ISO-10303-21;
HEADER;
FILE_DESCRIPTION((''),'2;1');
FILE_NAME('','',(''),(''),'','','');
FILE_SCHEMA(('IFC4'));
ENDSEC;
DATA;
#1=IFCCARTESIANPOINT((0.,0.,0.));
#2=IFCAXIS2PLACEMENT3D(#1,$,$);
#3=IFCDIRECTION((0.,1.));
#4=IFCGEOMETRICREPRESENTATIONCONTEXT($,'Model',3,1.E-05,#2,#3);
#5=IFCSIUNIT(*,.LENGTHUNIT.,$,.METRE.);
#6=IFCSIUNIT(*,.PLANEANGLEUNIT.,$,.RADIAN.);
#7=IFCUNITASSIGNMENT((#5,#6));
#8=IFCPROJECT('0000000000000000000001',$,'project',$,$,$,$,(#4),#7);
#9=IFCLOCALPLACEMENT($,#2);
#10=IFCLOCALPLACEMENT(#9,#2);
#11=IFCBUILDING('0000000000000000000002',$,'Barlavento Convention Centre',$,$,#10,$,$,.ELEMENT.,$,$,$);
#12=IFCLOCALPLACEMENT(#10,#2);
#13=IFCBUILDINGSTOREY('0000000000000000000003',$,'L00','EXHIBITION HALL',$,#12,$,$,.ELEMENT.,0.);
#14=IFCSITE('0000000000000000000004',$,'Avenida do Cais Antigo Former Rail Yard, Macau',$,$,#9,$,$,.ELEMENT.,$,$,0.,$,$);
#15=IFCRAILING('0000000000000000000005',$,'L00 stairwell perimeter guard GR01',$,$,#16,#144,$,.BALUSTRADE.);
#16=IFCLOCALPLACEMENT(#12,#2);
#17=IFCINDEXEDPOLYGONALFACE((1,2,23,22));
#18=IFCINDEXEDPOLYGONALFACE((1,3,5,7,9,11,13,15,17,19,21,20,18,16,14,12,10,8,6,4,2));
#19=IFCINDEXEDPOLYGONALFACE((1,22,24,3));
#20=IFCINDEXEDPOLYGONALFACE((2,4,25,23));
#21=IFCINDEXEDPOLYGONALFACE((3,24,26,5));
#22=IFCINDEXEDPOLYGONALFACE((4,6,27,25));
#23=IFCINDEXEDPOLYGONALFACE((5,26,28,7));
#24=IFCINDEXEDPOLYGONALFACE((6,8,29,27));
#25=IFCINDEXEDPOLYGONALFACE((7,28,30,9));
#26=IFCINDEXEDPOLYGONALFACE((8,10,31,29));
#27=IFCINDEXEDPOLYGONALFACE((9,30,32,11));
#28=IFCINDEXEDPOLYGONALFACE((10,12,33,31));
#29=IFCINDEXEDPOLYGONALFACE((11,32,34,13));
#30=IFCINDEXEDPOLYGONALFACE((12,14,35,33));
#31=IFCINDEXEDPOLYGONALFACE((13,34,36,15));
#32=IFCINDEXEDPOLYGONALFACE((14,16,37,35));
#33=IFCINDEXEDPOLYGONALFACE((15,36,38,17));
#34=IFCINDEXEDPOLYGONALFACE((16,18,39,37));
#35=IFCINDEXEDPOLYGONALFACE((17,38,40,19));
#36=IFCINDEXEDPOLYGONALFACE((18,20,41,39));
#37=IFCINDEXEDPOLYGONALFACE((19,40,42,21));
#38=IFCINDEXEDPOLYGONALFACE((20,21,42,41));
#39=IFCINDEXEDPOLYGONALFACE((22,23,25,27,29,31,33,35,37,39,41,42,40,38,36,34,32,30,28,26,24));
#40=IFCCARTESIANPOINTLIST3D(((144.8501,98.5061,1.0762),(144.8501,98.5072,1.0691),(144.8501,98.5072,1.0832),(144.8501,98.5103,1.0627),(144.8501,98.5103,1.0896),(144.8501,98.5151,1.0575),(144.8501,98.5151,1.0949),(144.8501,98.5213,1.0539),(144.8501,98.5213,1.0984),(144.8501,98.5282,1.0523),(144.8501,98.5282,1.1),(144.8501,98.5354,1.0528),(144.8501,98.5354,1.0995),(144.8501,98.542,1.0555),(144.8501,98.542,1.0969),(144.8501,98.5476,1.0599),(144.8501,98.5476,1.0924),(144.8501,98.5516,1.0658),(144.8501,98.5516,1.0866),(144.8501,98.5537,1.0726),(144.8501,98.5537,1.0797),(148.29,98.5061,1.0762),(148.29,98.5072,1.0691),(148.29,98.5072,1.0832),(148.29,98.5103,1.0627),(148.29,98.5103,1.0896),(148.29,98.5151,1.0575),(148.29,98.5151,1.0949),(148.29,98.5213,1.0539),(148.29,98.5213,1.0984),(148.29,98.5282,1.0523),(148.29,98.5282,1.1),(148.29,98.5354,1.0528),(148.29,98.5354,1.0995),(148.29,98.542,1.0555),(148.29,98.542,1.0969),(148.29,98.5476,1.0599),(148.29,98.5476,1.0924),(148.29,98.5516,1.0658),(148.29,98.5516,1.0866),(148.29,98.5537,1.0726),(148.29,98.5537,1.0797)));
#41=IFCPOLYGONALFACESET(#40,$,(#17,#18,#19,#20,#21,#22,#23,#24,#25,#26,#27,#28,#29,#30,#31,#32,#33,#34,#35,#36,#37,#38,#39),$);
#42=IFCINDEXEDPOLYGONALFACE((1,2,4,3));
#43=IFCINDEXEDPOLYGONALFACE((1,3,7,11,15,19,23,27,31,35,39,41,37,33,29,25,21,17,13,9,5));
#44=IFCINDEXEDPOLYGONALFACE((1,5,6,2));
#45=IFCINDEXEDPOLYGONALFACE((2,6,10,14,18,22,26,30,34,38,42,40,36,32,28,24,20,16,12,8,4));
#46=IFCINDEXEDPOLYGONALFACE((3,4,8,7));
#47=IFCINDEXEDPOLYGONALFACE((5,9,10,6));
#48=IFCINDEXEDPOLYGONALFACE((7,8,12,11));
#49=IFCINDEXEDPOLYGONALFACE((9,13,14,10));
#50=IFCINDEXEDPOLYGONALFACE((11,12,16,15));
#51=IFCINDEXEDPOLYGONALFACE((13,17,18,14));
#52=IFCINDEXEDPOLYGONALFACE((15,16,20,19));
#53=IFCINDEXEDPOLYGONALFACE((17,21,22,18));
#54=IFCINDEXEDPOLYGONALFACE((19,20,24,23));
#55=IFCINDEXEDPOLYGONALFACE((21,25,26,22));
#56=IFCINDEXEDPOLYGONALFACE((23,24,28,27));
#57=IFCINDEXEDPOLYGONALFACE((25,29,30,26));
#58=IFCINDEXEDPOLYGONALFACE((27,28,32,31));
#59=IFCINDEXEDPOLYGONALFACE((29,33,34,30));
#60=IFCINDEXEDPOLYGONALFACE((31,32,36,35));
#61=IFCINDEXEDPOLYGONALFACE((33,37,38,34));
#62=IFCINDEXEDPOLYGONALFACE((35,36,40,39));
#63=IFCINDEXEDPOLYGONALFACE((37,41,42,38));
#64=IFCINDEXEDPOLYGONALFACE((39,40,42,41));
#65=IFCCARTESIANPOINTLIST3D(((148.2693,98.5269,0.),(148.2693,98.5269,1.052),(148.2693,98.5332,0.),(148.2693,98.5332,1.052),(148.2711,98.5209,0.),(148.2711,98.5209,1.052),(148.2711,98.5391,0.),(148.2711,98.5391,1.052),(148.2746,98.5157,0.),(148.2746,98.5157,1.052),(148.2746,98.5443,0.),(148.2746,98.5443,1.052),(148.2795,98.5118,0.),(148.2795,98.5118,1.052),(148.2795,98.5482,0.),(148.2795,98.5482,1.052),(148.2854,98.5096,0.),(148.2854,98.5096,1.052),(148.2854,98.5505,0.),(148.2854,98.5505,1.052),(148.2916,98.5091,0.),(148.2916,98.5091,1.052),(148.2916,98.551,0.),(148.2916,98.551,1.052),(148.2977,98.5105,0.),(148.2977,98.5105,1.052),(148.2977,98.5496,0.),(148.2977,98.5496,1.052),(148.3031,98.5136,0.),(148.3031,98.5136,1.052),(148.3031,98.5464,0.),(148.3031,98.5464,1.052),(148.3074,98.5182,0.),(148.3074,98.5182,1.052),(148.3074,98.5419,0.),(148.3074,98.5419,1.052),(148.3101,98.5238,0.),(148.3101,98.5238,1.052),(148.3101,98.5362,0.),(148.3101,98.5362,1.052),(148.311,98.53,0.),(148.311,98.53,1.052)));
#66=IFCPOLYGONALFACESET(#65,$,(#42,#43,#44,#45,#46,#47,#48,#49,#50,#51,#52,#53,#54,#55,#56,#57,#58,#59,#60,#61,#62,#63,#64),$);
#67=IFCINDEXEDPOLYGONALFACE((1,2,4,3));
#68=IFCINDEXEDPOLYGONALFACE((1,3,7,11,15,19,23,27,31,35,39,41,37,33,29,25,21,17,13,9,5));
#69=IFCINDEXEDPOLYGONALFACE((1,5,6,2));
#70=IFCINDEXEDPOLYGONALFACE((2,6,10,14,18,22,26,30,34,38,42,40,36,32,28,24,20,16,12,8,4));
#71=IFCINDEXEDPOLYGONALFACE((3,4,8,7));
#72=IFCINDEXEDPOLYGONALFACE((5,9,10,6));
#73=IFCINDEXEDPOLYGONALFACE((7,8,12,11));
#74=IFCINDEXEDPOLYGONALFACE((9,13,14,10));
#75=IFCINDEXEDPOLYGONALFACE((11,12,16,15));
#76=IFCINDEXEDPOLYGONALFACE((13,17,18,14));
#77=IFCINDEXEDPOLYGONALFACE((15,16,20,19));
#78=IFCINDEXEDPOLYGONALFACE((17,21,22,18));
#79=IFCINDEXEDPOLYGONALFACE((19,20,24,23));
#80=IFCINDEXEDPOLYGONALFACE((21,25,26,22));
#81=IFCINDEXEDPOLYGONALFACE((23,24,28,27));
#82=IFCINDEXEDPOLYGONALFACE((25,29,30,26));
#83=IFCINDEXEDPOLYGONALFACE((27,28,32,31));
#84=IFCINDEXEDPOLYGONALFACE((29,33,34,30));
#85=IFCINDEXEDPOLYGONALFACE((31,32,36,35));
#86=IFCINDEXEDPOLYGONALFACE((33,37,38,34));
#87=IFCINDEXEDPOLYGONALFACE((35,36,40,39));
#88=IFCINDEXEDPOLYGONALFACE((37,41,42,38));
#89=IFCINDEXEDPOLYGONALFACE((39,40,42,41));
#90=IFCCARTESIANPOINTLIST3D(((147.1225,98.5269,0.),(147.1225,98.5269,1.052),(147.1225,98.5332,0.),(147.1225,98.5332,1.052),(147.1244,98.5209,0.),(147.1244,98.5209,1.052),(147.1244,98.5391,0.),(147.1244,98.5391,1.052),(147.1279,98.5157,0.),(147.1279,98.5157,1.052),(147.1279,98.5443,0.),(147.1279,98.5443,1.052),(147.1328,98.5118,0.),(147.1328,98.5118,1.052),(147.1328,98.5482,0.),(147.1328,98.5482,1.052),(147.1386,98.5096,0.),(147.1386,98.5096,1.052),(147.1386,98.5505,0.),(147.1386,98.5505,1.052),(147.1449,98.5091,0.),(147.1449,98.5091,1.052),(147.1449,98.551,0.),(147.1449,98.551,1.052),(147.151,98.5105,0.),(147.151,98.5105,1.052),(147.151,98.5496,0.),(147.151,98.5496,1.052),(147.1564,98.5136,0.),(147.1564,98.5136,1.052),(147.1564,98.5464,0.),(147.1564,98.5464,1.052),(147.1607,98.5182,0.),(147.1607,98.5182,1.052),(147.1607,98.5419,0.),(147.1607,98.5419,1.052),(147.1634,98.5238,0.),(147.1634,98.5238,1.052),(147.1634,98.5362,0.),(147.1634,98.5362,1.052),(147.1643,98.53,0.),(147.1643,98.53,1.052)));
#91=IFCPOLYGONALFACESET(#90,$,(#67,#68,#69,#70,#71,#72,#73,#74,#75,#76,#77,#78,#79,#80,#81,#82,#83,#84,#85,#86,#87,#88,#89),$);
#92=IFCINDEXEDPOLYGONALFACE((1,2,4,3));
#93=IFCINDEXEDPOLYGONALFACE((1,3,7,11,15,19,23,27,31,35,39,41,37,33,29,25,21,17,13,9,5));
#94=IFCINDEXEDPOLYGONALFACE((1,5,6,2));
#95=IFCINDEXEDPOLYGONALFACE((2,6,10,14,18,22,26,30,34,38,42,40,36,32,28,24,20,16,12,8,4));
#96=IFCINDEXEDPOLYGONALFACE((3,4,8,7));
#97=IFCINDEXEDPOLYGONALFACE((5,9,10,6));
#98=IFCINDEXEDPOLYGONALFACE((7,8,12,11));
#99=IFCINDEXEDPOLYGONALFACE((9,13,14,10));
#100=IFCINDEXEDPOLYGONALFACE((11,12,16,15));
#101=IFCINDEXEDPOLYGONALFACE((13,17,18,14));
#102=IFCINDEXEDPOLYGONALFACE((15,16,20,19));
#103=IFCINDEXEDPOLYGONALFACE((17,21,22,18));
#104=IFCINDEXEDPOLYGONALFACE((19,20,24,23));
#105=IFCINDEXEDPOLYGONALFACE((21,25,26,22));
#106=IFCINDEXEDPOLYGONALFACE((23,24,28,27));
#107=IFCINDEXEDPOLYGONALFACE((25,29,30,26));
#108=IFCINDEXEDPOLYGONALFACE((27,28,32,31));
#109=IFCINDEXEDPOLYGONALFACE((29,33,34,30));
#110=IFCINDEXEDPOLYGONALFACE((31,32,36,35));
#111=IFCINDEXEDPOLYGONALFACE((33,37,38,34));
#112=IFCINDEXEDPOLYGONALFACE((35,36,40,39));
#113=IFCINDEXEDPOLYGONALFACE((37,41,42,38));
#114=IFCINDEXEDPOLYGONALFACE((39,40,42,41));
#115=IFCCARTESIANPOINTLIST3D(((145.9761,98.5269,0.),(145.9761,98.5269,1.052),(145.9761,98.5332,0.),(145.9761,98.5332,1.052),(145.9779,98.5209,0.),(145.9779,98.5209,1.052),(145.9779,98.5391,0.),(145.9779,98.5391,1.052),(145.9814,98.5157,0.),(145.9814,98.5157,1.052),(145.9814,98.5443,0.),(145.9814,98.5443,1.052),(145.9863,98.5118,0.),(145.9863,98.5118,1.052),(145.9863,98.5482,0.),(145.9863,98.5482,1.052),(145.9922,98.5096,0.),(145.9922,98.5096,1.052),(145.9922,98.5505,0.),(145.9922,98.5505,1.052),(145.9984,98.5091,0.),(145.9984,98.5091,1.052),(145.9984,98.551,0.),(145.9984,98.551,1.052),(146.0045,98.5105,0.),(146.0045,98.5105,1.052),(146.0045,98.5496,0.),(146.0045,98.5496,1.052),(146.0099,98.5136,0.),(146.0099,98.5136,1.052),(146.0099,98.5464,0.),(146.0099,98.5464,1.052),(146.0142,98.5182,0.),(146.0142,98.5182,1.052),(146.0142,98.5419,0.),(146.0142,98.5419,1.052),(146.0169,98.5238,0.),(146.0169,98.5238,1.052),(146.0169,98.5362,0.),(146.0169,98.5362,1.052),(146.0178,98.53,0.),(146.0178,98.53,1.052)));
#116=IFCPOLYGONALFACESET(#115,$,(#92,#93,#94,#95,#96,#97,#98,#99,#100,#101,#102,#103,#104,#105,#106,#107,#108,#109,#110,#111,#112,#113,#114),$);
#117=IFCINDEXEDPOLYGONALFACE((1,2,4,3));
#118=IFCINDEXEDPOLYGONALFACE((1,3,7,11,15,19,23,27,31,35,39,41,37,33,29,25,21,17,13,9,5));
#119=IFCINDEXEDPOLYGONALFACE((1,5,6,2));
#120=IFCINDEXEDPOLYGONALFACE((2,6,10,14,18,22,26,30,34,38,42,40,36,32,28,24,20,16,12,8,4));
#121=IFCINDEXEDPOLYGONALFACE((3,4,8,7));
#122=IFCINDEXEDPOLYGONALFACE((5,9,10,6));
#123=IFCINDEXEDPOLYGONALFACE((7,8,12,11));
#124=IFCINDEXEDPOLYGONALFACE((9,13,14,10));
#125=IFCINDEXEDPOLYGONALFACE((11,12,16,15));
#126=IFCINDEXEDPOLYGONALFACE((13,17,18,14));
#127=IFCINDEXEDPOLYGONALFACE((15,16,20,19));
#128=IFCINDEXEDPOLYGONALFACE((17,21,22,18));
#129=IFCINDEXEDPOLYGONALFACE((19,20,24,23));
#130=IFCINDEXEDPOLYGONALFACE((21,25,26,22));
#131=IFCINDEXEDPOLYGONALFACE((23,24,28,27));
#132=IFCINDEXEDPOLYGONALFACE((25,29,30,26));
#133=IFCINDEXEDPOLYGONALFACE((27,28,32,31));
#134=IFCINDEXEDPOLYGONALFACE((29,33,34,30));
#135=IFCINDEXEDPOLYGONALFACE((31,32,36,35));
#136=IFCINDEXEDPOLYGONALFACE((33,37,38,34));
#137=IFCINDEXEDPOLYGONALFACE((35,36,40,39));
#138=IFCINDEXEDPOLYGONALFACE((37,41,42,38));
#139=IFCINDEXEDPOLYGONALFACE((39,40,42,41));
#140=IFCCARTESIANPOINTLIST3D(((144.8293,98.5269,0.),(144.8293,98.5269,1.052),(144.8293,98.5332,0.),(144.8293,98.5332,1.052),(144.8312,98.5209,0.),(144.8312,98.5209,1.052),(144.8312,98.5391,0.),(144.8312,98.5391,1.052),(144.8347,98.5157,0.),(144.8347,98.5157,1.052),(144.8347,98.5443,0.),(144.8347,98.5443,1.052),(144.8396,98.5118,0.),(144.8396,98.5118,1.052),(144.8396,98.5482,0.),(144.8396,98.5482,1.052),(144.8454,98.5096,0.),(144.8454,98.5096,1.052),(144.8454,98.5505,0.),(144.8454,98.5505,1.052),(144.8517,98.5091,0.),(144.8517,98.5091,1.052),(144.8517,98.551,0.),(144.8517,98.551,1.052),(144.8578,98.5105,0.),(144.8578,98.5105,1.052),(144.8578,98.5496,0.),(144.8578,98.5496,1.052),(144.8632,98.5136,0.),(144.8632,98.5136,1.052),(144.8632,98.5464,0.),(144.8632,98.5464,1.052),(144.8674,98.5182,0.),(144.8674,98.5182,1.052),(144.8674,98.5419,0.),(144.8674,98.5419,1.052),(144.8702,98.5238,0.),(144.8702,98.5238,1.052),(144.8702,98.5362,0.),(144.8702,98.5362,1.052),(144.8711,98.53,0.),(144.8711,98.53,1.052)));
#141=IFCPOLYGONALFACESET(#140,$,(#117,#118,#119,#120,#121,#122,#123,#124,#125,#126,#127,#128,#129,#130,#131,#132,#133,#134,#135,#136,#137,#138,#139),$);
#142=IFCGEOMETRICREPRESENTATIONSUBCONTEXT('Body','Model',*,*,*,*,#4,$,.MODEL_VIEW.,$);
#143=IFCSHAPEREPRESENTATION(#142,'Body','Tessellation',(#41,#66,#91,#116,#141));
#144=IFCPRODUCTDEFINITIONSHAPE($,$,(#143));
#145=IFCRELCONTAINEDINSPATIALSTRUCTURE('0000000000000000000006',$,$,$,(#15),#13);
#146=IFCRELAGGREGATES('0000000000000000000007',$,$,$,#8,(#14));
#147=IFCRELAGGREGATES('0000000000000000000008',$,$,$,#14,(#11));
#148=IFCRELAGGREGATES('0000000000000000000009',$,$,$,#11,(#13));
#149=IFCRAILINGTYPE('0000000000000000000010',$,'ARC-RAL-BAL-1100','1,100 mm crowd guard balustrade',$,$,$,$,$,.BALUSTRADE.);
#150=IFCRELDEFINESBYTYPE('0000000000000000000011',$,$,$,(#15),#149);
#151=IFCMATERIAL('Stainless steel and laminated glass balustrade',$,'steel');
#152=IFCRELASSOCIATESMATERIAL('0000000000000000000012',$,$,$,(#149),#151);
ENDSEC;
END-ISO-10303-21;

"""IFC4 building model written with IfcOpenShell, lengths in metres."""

from ifc_helpers import new_model, si_unit, direction, frame, origin, origin_2d, place, context, subcontext, project, spatial, circle, extrude, material, type_object, element, save


model = new_model("IFC4")

# Units and contexts
model_context = context("Model", 3, precision=1e-05, world=origin(), true_north=direction((0.0, 1.0)))
body_context = subcontext(model_context, "Body", "Model", "MODEL_VIEW")
ifc_project = project(units=[si_unit("LENGTHUNIT", "METRE"), si_unit("PLANEANGLEUNIT", "RADIAN")], contexts=[model_context])

# Site, building, storey
site_placement = place(None, origin())
site = spatial("IfcSite", under=ifc_project, at=site_placement, Name="Avenida do Cais Antigo Former Rail Yard, Macau", CompositionType="ELEMENT", RefElevation=0.0)
building_placement = place(site_placement, origin())
building = spatial("IfcBuilding", under=site, at=building_placement, Name="Barlavento Convention Centre", CompositionType="ELEMENT")
storey_placement = place(building_placement, origin())
storey = spatial("IfcBuildingStorey", under=building, at=storey_placement, Name="L00", Description="EXHIBITION HALL", CompositionType="ELEMENT", Elevation=0.0)

# Railing
ifc_material_1 = material(Name="Stainless steel and laminated glass balustrade", Category="steel")
railing_type_1 = type_object("IfcRailingType", Name="ARC-RAL-BAL-1100", Description="1,100 mm crowd guard balustrade", PredefinedType="BALUSTRADE", material=ifc_material_1)
railing_1_placement = place(storey_placement, frame((148.29, 98.53, 0.0)))
element("IfcRailing", 1, at=railing_1_placement, inside=storey, type_object=railing_type_1, Name="L00 stairwell perimeter guard GR01", PredefinedType="BALUSTRADE", context=body_context, shape_type="SweptSolid", body=[
    extrude(circle(Radius=0.0239, at=origin_2d()), frame((0.0, 0.0, 1.0762), z_axis=(-1.0, 0.0, 0.0), x_axis=(0.0, -1.0, 0.0)), (0.0, 0.0, 1.0), 3.4399),
    extrude(circle(Radius=0.021, at=origin_2d()), origin(), (0.0, 0.0, 1.0), 1.052),
    extrude(circle(Radius=0.021, at=origin_2d()), frame((-1.1467, 0.0, 0.0)), (0.0, 0.0, 1.0), 1.052),
    extrude(circle(Radius=0.021, at=origin_2d()), frame((-2.2932, 0.0, 0.0)), (0.0, 0.0, 1.0), 1.052),
    extrude(circle(Radius=0.021, at=origin_2d()), frame((-3.4399, 0.0, 0.0)), (0.0, 0.0, 1.0), 1.052),
])

save(model, "model.ifc")
